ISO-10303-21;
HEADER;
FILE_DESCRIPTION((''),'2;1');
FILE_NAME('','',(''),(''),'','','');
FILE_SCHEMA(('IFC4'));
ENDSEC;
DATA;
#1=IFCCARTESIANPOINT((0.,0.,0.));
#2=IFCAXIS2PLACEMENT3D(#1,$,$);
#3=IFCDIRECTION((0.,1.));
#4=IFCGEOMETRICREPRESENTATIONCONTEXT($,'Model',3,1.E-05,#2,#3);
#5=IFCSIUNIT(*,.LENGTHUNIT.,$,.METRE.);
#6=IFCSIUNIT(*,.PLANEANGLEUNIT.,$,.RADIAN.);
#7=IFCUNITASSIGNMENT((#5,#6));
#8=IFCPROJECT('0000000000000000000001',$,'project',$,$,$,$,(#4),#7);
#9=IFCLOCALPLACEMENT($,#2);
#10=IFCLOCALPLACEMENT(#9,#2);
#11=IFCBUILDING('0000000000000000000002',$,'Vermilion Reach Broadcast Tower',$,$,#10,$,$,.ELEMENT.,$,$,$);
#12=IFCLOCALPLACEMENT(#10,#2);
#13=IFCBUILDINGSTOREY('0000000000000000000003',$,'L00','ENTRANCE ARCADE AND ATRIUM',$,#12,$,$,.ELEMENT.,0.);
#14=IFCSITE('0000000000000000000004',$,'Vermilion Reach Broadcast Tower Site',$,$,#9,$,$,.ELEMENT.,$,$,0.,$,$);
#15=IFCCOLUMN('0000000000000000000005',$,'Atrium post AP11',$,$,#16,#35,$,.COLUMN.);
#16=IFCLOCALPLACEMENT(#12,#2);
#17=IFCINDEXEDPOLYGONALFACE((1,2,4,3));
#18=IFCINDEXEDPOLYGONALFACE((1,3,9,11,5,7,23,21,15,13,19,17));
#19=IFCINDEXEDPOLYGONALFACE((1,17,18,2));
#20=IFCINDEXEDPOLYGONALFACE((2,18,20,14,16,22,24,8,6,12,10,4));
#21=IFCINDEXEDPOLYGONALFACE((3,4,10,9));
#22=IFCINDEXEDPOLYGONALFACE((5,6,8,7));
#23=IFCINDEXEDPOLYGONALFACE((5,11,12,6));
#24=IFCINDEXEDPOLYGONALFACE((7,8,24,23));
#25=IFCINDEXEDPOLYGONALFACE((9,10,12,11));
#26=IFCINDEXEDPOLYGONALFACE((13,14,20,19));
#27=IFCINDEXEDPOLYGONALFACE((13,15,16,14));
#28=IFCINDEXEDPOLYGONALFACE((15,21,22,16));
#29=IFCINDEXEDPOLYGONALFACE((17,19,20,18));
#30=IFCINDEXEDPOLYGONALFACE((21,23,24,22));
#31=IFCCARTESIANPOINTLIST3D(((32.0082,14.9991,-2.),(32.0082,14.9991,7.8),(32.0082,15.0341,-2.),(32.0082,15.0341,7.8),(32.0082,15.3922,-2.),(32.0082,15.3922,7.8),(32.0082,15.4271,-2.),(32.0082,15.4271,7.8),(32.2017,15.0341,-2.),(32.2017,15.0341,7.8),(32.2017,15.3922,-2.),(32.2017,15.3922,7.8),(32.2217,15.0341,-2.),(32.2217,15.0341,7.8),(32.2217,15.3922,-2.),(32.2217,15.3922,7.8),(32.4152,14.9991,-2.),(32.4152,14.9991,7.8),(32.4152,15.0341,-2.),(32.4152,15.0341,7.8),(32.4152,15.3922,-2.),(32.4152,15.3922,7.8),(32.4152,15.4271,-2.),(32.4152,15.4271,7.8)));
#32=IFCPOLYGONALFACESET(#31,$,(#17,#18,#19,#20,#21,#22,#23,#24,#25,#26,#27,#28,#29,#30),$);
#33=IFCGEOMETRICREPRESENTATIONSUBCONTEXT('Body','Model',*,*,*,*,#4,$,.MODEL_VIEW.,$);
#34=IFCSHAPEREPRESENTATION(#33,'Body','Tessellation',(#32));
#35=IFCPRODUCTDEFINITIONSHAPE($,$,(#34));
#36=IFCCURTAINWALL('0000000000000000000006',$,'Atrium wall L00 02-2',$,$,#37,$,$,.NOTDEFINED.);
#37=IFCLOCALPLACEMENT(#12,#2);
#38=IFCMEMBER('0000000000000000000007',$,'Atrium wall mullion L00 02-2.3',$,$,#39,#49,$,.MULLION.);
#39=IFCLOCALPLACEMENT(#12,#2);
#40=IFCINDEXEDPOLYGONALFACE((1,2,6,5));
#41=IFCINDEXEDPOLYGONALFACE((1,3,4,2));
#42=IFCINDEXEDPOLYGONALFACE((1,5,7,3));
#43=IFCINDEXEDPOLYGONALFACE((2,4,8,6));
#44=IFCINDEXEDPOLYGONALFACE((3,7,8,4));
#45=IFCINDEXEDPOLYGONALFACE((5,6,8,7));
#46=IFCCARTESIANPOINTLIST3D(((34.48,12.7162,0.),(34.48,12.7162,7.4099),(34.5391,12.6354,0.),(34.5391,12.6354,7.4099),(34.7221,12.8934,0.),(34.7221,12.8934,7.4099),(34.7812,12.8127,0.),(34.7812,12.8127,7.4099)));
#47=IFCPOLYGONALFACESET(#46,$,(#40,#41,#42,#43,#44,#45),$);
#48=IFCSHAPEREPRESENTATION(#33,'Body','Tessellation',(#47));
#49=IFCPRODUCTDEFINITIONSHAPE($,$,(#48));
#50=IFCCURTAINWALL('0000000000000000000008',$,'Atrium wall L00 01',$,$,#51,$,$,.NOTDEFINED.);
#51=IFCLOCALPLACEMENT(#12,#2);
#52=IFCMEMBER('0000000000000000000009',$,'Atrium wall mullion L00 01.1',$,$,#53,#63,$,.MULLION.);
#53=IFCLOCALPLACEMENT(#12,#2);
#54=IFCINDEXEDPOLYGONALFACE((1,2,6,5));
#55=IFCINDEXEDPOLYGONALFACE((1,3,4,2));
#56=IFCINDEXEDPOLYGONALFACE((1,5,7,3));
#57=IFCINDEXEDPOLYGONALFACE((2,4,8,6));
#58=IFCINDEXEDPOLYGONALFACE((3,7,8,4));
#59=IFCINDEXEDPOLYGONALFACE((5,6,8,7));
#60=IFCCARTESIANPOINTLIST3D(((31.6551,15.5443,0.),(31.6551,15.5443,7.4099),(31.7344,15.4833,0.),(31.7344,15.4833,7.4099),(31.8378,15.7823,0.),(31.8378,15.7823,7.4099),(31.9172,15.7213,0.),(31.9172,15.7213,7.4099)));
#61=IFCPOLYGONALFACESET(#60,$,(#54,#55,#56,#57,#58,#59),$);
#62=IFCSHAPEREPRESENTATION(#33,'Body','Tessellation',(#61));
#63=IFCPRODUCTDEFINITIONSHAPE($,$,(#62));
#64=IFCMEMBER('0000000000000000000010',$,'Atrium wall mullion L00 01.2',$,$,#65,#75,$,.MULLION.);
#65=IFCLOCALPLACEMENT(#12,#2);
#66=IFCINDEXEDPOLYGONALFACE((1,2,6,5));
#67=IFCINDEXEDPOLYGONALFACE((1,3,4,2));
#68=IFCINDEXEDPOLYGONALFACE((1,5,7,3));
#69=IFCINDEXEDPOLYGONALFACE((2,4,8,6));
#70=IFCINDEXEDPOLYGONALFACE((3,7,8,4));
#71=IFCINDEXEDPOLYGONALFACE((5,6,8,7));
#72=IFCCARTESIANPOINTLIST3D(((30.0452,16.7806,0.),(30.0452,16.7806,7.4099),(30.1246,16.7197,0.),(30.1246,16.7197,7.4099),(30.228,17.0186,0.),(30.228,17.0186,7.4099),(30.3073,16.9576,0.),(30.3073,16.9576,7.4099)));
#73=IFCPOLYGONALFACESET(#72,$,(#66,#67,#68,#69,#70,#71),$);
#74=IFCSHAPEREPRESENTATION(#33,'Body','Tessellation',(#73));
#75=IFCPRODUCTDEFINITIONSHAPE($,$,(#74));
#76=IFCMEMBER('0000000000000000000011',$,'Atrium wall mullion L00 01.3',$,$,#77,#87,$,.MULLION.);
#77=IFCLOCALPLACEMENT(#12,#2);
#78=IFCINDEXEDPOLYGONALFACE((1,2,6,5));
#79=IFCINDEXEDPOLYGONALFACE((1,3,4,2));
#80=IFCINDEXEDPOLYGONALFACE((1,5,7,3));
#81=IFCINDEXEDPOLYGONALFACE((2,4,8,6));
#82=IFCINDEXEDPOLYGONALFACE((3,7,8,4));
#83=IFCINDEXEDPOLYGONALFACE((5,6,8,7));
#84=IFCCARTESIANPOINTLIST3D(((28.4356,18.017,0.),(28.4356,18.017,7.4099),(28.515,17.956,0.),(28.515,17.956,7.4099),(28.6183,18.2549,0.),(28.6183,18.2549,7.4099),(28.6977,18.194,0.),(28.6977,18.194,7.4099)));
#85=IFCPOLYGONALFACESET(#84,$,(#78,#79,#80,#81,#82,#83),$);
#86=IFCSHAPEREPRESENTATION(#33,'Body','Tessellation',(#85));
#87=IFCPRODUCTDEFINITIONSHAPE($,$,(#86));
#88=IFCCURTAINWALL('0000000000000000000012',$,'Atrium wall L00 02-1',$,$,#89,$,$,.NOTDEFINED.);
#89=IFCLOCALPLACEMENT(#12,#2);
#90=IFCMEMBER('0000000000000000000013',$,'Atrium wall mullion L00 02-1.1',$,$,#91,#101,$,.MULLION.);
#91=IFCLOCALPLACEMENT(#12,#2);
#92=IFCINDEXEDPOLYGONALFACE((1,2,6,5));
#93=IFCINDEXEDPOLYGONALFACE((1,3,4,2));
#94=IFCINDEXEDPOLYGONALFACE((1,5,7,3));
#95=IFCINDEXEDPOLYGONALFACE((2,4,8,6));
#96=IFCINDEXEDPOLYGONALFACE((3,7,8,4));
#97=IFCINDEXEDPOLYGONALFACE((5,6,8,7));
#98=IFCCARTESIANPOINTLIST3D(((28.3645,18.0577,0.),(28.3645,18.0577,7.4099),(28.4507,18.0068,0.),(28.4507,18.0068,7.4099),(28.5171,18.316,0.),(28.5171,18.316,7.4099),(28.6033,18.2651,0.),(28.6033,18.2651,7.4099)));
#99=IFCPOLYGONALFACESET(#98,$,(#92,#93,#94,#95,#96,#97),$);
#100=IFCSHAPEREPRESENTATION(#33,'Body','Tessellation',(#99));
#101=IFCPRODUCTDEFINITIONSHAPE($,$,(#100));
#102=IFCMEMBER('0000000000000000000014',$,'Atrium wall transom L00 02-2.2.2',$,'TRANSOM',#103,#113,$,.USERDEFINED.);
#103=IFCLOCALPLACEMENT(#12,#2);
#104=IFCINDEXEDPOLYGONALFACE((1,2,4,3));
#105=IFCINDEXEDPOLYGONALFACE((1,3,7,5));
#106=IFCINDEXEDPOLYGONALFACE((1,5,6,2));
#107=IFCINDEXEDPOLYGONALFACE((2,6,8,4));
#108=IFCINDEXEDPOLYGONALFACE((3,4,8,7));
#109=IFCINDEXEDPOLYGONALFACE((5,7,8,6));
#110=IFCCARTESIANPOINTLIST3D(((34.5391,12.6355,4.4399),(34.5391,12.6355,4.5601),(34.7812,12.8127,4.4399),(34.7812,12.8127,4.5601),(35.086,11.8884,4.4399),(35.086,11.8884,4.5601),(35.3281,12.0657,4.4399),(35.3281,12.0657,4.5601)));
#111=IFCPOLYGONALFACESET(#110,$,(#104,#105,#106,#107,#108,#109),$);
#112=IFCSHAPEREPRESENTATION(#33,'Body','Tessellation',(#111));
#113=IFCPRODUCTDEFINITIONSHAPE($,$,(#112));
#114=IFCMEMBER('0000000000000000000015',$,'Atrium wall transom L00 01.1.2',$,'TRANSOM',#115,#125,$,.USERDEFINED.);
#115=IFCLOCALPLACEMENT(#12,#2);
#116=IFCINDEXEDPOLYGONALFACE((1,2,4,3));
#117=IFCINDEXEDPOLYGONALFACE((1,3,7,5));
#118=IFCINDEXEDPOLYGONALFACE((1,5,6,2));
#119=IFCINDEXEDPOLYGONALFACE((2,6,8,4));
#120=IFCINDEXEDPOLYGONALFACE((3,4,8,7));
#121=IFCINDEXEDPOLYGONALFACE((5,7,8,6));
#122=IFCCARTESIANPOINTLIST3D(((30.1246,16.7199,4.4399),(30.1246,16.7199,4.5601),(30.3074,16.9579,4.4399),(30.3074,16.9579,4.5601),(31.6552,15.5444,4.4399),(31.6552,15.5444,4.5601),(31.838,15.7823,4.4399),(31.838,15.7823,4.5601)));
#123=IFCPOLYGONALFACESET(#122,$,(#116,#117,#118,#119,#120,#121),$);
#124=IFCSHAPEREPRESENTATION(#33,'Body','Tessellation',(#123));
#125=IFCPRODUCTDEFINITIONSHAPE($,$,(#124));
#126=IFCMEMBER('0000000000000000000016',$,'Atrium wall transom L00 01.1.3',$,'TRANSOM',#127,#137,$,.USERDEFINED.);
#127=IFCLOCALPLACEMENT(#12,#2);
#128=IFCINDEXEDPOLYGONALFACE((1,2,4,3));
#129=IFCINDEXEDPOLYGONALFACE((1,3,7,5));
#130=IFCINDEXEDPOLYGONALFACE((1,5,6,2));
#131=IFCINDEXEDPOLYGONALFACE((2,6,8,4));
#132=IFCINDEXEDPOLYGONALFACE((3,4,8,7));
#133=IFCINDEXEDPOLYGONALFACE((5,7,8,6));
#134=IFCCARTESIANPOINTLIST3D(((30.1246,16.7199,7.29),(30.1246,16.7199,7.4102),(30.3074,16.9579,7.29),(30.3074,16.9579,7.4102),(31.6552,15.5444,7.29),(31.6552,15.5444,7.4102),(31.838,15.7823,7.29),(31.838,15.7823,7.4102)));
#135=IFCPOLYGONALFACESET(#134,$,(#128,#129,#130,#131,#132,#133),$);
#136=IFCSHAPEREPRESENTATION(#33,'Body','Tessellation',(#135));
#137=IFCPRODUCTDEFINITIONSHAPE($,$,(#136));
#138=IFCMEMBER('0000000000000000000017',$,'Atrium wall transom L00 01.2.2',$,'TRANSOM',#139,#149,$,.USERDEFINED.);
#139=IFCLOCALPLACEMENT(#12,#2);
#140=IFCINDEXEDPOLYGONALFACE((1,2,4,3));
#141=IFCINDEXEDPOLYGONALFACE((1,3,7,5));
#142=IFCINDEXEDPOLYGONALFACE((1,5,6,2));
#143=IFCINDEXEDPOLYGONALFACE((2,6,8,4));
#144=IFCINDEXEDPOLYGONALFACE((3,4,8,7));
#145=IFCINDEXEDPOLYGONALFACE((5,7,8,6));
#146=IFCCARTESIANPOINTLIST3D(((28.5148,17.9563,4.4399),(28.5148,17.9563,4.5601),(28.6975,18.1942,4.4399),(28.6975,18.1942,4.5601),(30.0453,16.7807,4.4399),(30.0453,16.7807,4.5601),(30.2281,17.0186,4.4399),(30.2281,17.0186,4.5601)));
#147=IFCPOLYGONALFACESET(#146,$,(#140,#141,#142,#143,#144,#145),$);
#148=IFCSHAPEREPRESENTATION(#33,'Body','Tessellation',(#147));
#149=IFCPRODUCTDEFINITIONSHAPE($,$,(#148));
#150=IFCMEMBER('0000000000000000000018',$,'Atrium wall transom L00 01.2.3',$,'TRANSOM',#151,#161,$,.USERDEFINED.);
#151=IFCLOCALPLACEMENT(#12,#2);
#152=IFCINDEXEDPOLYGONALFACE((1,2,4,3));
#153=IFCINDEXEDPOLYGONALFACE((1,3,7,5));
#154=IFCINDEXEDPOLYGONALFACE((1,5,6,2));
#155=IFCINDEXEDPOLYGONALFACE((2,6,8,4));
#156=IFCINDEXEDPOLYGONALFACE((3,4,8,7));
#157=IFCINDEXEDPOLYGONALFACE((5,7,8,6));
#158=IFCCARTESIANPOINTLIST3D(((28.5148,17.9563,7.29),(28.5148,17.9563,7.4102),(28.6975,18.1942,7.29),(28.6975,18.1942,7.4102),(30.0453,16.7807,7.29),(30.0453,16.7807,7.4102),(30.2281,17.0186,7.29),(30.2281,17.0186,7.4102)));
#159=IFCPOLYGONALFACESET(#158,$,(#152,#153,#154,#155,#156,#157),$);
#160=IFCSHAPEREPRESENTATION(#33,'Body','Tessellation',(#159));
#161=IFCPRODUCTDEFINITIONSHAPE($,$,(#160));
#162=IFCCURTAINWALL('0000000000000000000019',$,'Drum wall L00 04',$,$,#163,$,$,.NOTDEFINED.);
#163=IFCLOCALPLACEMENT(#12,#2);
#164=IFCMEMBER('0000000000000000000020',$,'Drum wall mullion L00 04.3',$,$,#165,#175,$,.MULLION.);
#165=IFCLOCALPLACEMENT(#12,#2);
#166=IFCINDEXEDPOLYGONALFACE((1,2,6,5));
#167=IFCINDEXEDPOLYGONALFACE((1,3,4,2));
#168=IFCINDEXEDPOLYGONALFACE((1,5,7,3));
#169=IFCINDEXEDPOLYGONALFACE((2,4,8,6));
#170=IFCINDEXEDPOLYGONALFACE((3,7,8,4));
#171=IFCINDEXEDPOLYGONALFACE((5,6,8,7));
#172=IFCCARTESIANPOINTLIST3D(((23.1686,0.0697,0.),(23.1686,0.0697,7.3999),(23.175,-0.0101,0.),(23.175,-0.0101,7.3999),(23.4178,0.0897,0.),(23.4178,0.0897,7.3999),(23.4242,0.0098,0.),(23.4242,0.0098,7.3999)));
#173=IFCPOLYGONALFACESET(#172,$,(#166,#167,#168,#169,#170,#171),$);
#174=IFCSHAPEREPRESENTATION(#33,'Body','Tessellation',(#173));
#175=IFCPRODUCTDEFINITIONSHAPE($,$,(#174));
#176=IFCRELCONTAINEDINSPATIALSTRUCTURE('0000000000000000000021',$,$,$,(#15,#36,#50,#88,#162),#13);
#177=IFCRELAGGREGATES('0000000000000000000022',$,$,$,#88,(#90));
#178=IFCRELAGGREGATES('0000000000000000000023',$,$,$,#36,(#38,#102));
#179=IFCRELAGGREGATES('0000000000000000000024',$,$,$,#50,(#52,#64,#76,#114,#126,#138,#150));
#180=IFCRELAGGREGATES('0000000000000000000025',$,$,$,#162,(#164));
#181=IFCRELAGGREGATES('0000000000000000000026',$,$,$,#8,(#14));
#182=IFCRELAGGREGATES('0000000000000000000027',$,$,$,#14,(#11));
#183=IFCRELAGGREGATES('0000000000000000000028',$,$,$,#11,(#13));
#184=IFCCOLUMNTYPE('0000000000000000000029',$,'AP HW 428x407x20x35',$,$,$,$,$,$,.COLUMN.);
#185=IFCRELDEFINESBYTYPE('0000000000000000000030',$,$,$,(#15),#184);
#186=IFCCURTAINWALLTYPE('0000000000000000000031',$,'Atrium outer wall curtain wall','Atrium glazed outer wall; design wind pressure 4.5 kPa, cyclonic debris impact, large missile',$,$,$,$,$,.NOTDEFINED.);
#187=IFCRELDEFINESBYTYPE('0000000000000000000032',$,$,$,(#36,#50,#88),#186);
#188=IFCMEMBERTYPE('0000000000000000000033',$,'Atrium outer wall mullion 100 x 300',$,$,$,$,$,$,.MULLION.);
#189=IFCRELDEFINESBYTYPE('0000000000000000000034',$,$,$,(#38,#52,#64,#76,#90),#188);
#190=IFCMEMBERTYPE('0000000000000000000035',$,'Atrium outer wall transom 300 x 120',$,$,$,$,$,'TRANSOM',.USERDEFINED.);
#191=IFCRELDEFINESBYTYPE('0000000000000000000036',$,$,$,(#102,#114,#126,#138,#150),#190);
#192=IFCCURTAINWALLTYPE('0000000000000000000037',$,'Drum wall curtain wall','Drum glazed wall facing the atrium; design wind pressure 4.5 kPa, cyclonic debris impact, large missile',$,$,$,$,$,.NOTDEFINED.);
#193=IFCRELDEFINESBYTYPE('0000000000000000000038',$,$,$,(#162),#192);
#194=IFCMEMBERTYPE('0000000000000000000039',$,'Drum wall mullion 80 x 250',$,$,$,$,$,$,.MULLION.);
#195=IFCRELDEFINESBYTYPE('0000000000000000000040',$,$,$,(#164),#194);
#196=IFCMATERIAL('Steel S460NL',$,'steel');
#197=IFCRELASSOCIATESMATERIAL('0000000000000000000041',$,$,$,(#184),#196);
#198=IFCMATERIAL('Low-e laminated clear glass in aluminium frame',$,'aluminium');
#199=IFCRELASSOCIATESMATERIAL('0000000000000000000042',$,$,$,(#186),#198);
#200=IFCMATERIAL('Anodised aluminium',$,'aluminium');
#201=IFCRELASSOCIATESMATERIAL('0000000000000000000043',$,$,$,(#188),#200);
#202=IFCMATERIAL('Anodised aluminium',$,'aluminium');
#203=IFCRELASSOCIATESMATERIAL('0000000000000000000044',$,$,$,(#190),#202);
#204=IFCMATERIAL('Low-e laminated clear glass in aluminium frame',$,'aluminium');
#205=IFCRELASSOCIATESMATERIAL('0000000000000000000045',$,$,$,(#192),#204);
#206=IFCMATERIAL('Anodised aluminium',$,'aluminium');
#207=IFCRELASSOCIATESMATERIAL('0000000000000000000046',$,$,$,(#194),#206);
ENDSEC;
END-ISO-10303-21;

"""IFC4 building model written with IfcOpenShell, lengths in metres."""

from ifc_helpers import new_model, si_unit, direction, frame, origin, origin_2d, place, context, subcontext, project, spatial, rectangle, i_section, extrude, material, material_profile, profile_set, type_object, element, aggregate, save


model = new_model("IFC4")

# Units and contexts
model_context = context("Model", 3, precision=1e-05, world=origin(), true_north=direction((0.0, 1.0)))
body_context = subcontext(model_context, "Body", "Model", "MODEL_VIEW")
ifc_project = project(units=[si_unit("LENGTHUNIT", "METRE"), si_unit("PLANEANGLEUNIT", "RADIAN")], contexts=[model_context])

# Site, building, storey
site_placement = place(None, origin())
site = spatial("IfcSite", under=ifc_project, at=site_placement, Name="Vermilion Reach Broadcast Tower Site", CompositionType="ELEMENT", RefElevation=0.0)
building_placement = place(site_placement, origin())
building = spatial("IfcBuilding", under=site, at=building_placement, Name="Vermilion Reach Broadcast Tower", CompositionType="ELEMENT")
storey_placement = place(building_placement, origin())
storey = spatial("IfcBuildingStorey", under=building, at=storey_placement, Name="L00", Description="ENTRANCE ARCADE AND ATRIUM", CompositionType="ELEMENT", Elevation=0.0)

# Column
ifc_material_1 = material(Name="Steel S460NL", Category="steel")
ifc_material_profile_1 = material_profile(ifc_material_1, i_section(OverallWidth=0.407, OverallDepth=0.428, WebThickness=0.02, FlangeThickness=0.0349, at=origin_2d()), Name="S460NL HW 428x407x20x35")
ifc_profile_set_1 = profile_set([ifc_material_profile_1], Name="Steel S460NL")
column_type = type_object("IfcColumnType", Name="AP HW 428x407x20x35", PredefinedType="COLUMN", material=ifc_profile_set_1)
column_placement = place(storey_placement, frame((32.2117, 15.2131, -2.0), z_axis=(0.0, 0.0, 1.0), x_axis=(1.0, 0.0, 0.0)))
element("IfcColumn", 1, at=column_placement, inside=storey, type_object=column_type, Name="Atrium post AP11", PredefinedType="COLUMN", context=body_context, shape_type="SweptSolid", body=[
    extrude(i_section(OverallWidth=0.407, OverallDepth=0.428, WebThickness=0.02, FlangeThickness=0.0349, at=origin_2d()), origin(), (0.0, 0.0, 1.0), 9.8),
])

# Curtain wall, member
ifc_material_2 = material(Name="Low-e laminated clear glass in aluminium frame", Category="aluminium")
curtain_wall_type_1 = type_object("IfcCurtainWallType", Name="Atrium outer wall curtain wall", Description="Atrium glazed outer wall; design wind pressure 4.5 kPa, cyclonic debris impact, large missile", PredefinedType="NOTDEFINED", material=ifc_material_2)
placement = place(storey_placement, origin())
curtain_wall_1 = element("IfcCurtainWall", 2, at=placement, inside=storey, type_object=curtain_wall_type_1, Name="Atrium wall L00 02-2", PredefinedType="NOTDEFINED")
ifc_material_3 = material(Name="Anodised aluminium", Category="aluminium")
ifc_material_profile_2 = material_profile(ifc_material_3, rectangle(XDim=0.3, YDim=0.1001, at=origin_2d()), Name="Atrium outer wall mullion 100 x 300")
ifc_profile_set_2 = profile_set([ifc_material_profile_2], Name="Anodised aluminium")
member_type_1 = type_object("IfcMemberType", Name="Atrium outer wall mullion 100 x 300", PredefinedType="MULLION", material=ifc_profile_set_2)
member_1_placement = place(storey_placement, frame((34.6306, 12.7644, 0.0), z_axis=(0.0, 0.0, 1.0), x_axis=(-0.806847, -0.59076, 0.0)))
member_1 = element("IfcMember", 3, at=member_1_placement, type_object=member_type_1, Name="Atrium wall mullion L00 02-2.3", PredefinedType="MULLION", context=body_context, shape_type="SweptSolid", body=[
    extrude(rectangle(XDim=0.3, YDim=0.1001, at=origin_2d()), origin(), (0.0, 0.0, 1.0), 7.4099),
])

# Curtain wall, members
curtain_wall_2 = element("IfcCurtainWall", 4, at=placement, inside=storey, type_object=curtain_wall_type_1, Name="Atrium wall L00 01", PredefinedType="NOTDEFINED")
member_2_placement = place(storey_placement, frame((31.7861, 15.6328, 0.0), z_axis=(0.0, 0.0, 1.0), x_axis=(-0.609114, -0.793083, 0.0)))
member_2 = element("IfcMember", 5, at=member_2_placement, type_object=member_type_1, Name="Atrium wall mullion L00 01.1", PredefinedType="MULLION", context=body_context, shape_type="SweptSolid", body=[
    extrude(rectangle(XDim=0.3, YDim=0.1001, at=origin_2d()), origin(), (0.0, 0.0, 1.0), 7.4099),
])
member_3_placement = place(storey_placement, frame((30.1763, 16.8691, 0.0), z_axis=(0.0, 0.0, 1.0), x_axis=(-0.609114, -0.793083, 0.0)))
member_3 = element("IfcMember", 6, at=member_3_placement, type_object=member_type_1, Name="Atrium wall mullion L00 01.2", PredefinedType="MULLION", context=body_context, shape_type="SweptSolid", body=[
    extrude(rectangle(XDim=0.3, YDim=0.1001, at=origin_2d()), origin(), (0.0, 0.0, 1.0), 7.4099),
])
member_4_placement = place(storey_placement, frame((28.5667, 18.1055, 0.0), z_axis=(0.0, 0.0, 1.0), x_axis=(-0.609114, -0.793083, 0.0)))
member_4 = element("IfcMember", 7, at=member_4_placement, type_object=member_type_1, Name="Atrium wall mullion L00 01.3", PredefinedType="MULLION", context=body_context, shape_type="SweptSolid", body=[
    extrude(rectangle(XDim=0.3, YDim=0.1001, at=origin_2d()), origin(), (0.0, 0.0, 1.0), 7.4099),
])

# Curtain wall, member
curtain_wall_3 = element("IfcCurtainWall", 8, at=placement, inside=storey, type_object=curtain_wall_type_1, Name="Atrium wall L00 02-1", PredefinedType="NOTDEFINED")
member_5_placement = place(storey_placement, frame((28.4839, 18.1614, 0.0), z_axis=(0.0, 0.0, 1.0), x_axis=(-0.50859, -0.861009, 0.0)))
member_5 = element("IfcMember", 9, at=member_5_placement, type_object=member_type_1, Name="Atrium wall mullion L00 02-1.1", PredefinedType="MULLION", context=body_context, shape_type="SweptSolid", body=[
    extrude(rectangle(XDim=0.3, YDim=0.1001, at=origin_2d()), origin(), (0.0, 0.0, 1.0), 7.4099),
])
aggregate(curtain_wall_3, [member_5])

# Members
ifc_material_4 = material(Name="Anodised aluminium", Category="aluminium")
ifc_material_profile_3 = material_profile(ifc_material_4, rectangle(XDim=0.3, YDim=0.1201, at=origin_2d()), Name="Atrium outer wall transom 300 x 120")
ifc_profile_set_3 = profile_set([ifc_material_profile_3], Name="Anodised aluminium")
member_type_2 = type_object("IfcMemberType", Name="Atrium outer wall transom 300 x 120", ElementType="TRANSOM", PredefinedType="USERDEFINED", material=ifc_profile_set_3)
member_6_placement = place(storey_placement, frame((35.207, 11.9771, 4.5), z_axis=(-0.590678, 0.806908, 0.0), x_axis=(-0.806908, -0.590678, 0.0)))
member_6 = element("IfcMember", 10, at=member_6_placement, type_object=member_type_2, Name="Atrium wall transom L00 02-2.2.2", ObjectType="TRANSOM", PredefinedType="USERDEFINED", context=body_context, shape_type="SweptSolid", body=[
    extrude(rectangle(XDim=0.3, YDim=0.1201, at=origin_2d()), origin(), (0.0, 0.0, 1.0), 0.9258),
])
member_7_placement = place(storey_placement, frame((31.7466, 15.6633, 4.5), z_axis=(-0.793071, 0.60913, 0.0), x_axis=(-0.60913, -0.793071, 0.0)))
member_7 = element("IfcMember", 11, at=member_7_placement, type_object=member_type_2, Name="Atrium wall transom L00 01.1.2", ObjectType="TRANSOM", PredefinedType="USERDEFINED", context=body_context, shape_type="SweptSolid", body=[
    extrude(rectangle(XDim=0.3, YDim=0.1201, at=origin_2d()), origin(), (0.0, 0.0, 1.0), 1.9299),
])
member_8_placement = place(storey_placement, frame((31.7466, 15.6633, 7.3501), z_axis=(-0.793071, 0.60913, 0.0), x_axis=(-0.60913, -0.793071, 0.0)))
member_8 = element("IfcMember", 12, at=member_8_placement, type_object=member_type_2, Name="Atrium wall transom L00 01.1.3", ObjectType="TRANSOM", PredefinedType="USERDEFINED", context=body_context, shape_type="SweptSolid", body=[
    extrude(rectangle(XDim=0.3, YDim=0.1201, at=origin_2d()), origin(), (0.0, 0.0, 1.0), 1.9299),
])
member_9_placement = place(storey_placement, frame((30.1367, 16.8997, 4.5), z_axis=(-0.793071, 0.60913, 0.0), x_axis=(-0.60913, -0.793071, 0.0)))
member_9 = element("IfcMember", 13, at=member_9_placement, type_object=member_type_2, Name="Atrium wall transom L00 01.2.2", ObjectType="TRANSOM", PredefinedType="USERDEFINED", context=body_context, shape_type="SweptSolid", body=[
    extrude(rectangle(XDim=0.3, YDim=0.1201, at=origin_2d()), origin(), (0.0, 0.0, 1.0), 1.9299),
])
member_10_placement = place(storey_placement, frame((30.1367, 16.8997, 7.3501), z_axis=(-0.793071, 0.60913, 0.0), x_axis=(-0.60913, -0.793071, 0.0)))
member_10 = element("IfcMember", 14, at=member_10_placement, type_object=member_type_2, Name="Atrium wall transom L00 01.2.3", ObjectType="TRANSOM", PredefinedType="USERDEFINED", context=body_context, shape_type="SweptSolid", body=[
    extrude(rectangle(XDim=0.3, YDim=0.1201, at=origin_2d()), origin(), (0.0, 0.0, 1.0), 1.9299),
])

# Curtain wall, member
ifc_material_5 = material(Name="Low-e laminated clear glass in aluminium frame", Category="aluminium")
curtain_wall_type_2 = type_object("IfcCurtainWallType", Name="Drum wall curtain wall", Description="Drum glazed wall facing the atrium; design wind pressure 4.5 kPa, cyclonic debris impact, large missile", PredefinedType="NOTDEFINED", material=ifc_material_5)
curtain_wall_4 = element("IfcCurtainWall", 15, at=placement, inside=storey, type_object=curtain_wall_type_2, Name="Drum wall L00 04", PredefinedType="NOTDEFINED")
ifc_material_6 = material(Name="Anodised aluminium", Category="aluminium")
ifc_material_profile_4 = material_profile(ifc_material_6, rectangle(XDim=0.25, YDim=0.0801, at=origin_2d()), Name="Drum wall mullion 80 x 250")
ifc_profile_set_4 = profile_set([ifc_material_profile_4], Name="Anodised aluminium")
member_type_3 = type_object("IfcMemberType", Name="Drum wall mullion 80 x 250", PredefinedType="MULLION", material=ifc_profile_set_4)
member_11_placement = place(storey_placement, frame((23.2964, 0.0398, 0.0), z_axis=(0.0, 0.0, 1.0), x_axis=(0.996817, 0.079726, 0.0)))
member_11 = element("IfcMember", 16, at=member_11_placement, type_object=member_type_3, Name="Drum wall mullion L00 04.3", PredefinedType="MULLION", context=body_context, shape_type="SweptSolid", body=[
    extrude(rectangle(XDim=0.25, YDim=0.0801, at=origin_2d()), origin(), (0.0, 0.0, 1.0), 7.3999),
])

aggregate(curtain_wall_1, [member_1, member_6])
aggregate(curtain_wall_2, [member_2, member_3, member_4, member_7, member_8, member_9, member_10])
aggregate(curtain_wall_4, [member_11])

save(model, "model.ifc")
